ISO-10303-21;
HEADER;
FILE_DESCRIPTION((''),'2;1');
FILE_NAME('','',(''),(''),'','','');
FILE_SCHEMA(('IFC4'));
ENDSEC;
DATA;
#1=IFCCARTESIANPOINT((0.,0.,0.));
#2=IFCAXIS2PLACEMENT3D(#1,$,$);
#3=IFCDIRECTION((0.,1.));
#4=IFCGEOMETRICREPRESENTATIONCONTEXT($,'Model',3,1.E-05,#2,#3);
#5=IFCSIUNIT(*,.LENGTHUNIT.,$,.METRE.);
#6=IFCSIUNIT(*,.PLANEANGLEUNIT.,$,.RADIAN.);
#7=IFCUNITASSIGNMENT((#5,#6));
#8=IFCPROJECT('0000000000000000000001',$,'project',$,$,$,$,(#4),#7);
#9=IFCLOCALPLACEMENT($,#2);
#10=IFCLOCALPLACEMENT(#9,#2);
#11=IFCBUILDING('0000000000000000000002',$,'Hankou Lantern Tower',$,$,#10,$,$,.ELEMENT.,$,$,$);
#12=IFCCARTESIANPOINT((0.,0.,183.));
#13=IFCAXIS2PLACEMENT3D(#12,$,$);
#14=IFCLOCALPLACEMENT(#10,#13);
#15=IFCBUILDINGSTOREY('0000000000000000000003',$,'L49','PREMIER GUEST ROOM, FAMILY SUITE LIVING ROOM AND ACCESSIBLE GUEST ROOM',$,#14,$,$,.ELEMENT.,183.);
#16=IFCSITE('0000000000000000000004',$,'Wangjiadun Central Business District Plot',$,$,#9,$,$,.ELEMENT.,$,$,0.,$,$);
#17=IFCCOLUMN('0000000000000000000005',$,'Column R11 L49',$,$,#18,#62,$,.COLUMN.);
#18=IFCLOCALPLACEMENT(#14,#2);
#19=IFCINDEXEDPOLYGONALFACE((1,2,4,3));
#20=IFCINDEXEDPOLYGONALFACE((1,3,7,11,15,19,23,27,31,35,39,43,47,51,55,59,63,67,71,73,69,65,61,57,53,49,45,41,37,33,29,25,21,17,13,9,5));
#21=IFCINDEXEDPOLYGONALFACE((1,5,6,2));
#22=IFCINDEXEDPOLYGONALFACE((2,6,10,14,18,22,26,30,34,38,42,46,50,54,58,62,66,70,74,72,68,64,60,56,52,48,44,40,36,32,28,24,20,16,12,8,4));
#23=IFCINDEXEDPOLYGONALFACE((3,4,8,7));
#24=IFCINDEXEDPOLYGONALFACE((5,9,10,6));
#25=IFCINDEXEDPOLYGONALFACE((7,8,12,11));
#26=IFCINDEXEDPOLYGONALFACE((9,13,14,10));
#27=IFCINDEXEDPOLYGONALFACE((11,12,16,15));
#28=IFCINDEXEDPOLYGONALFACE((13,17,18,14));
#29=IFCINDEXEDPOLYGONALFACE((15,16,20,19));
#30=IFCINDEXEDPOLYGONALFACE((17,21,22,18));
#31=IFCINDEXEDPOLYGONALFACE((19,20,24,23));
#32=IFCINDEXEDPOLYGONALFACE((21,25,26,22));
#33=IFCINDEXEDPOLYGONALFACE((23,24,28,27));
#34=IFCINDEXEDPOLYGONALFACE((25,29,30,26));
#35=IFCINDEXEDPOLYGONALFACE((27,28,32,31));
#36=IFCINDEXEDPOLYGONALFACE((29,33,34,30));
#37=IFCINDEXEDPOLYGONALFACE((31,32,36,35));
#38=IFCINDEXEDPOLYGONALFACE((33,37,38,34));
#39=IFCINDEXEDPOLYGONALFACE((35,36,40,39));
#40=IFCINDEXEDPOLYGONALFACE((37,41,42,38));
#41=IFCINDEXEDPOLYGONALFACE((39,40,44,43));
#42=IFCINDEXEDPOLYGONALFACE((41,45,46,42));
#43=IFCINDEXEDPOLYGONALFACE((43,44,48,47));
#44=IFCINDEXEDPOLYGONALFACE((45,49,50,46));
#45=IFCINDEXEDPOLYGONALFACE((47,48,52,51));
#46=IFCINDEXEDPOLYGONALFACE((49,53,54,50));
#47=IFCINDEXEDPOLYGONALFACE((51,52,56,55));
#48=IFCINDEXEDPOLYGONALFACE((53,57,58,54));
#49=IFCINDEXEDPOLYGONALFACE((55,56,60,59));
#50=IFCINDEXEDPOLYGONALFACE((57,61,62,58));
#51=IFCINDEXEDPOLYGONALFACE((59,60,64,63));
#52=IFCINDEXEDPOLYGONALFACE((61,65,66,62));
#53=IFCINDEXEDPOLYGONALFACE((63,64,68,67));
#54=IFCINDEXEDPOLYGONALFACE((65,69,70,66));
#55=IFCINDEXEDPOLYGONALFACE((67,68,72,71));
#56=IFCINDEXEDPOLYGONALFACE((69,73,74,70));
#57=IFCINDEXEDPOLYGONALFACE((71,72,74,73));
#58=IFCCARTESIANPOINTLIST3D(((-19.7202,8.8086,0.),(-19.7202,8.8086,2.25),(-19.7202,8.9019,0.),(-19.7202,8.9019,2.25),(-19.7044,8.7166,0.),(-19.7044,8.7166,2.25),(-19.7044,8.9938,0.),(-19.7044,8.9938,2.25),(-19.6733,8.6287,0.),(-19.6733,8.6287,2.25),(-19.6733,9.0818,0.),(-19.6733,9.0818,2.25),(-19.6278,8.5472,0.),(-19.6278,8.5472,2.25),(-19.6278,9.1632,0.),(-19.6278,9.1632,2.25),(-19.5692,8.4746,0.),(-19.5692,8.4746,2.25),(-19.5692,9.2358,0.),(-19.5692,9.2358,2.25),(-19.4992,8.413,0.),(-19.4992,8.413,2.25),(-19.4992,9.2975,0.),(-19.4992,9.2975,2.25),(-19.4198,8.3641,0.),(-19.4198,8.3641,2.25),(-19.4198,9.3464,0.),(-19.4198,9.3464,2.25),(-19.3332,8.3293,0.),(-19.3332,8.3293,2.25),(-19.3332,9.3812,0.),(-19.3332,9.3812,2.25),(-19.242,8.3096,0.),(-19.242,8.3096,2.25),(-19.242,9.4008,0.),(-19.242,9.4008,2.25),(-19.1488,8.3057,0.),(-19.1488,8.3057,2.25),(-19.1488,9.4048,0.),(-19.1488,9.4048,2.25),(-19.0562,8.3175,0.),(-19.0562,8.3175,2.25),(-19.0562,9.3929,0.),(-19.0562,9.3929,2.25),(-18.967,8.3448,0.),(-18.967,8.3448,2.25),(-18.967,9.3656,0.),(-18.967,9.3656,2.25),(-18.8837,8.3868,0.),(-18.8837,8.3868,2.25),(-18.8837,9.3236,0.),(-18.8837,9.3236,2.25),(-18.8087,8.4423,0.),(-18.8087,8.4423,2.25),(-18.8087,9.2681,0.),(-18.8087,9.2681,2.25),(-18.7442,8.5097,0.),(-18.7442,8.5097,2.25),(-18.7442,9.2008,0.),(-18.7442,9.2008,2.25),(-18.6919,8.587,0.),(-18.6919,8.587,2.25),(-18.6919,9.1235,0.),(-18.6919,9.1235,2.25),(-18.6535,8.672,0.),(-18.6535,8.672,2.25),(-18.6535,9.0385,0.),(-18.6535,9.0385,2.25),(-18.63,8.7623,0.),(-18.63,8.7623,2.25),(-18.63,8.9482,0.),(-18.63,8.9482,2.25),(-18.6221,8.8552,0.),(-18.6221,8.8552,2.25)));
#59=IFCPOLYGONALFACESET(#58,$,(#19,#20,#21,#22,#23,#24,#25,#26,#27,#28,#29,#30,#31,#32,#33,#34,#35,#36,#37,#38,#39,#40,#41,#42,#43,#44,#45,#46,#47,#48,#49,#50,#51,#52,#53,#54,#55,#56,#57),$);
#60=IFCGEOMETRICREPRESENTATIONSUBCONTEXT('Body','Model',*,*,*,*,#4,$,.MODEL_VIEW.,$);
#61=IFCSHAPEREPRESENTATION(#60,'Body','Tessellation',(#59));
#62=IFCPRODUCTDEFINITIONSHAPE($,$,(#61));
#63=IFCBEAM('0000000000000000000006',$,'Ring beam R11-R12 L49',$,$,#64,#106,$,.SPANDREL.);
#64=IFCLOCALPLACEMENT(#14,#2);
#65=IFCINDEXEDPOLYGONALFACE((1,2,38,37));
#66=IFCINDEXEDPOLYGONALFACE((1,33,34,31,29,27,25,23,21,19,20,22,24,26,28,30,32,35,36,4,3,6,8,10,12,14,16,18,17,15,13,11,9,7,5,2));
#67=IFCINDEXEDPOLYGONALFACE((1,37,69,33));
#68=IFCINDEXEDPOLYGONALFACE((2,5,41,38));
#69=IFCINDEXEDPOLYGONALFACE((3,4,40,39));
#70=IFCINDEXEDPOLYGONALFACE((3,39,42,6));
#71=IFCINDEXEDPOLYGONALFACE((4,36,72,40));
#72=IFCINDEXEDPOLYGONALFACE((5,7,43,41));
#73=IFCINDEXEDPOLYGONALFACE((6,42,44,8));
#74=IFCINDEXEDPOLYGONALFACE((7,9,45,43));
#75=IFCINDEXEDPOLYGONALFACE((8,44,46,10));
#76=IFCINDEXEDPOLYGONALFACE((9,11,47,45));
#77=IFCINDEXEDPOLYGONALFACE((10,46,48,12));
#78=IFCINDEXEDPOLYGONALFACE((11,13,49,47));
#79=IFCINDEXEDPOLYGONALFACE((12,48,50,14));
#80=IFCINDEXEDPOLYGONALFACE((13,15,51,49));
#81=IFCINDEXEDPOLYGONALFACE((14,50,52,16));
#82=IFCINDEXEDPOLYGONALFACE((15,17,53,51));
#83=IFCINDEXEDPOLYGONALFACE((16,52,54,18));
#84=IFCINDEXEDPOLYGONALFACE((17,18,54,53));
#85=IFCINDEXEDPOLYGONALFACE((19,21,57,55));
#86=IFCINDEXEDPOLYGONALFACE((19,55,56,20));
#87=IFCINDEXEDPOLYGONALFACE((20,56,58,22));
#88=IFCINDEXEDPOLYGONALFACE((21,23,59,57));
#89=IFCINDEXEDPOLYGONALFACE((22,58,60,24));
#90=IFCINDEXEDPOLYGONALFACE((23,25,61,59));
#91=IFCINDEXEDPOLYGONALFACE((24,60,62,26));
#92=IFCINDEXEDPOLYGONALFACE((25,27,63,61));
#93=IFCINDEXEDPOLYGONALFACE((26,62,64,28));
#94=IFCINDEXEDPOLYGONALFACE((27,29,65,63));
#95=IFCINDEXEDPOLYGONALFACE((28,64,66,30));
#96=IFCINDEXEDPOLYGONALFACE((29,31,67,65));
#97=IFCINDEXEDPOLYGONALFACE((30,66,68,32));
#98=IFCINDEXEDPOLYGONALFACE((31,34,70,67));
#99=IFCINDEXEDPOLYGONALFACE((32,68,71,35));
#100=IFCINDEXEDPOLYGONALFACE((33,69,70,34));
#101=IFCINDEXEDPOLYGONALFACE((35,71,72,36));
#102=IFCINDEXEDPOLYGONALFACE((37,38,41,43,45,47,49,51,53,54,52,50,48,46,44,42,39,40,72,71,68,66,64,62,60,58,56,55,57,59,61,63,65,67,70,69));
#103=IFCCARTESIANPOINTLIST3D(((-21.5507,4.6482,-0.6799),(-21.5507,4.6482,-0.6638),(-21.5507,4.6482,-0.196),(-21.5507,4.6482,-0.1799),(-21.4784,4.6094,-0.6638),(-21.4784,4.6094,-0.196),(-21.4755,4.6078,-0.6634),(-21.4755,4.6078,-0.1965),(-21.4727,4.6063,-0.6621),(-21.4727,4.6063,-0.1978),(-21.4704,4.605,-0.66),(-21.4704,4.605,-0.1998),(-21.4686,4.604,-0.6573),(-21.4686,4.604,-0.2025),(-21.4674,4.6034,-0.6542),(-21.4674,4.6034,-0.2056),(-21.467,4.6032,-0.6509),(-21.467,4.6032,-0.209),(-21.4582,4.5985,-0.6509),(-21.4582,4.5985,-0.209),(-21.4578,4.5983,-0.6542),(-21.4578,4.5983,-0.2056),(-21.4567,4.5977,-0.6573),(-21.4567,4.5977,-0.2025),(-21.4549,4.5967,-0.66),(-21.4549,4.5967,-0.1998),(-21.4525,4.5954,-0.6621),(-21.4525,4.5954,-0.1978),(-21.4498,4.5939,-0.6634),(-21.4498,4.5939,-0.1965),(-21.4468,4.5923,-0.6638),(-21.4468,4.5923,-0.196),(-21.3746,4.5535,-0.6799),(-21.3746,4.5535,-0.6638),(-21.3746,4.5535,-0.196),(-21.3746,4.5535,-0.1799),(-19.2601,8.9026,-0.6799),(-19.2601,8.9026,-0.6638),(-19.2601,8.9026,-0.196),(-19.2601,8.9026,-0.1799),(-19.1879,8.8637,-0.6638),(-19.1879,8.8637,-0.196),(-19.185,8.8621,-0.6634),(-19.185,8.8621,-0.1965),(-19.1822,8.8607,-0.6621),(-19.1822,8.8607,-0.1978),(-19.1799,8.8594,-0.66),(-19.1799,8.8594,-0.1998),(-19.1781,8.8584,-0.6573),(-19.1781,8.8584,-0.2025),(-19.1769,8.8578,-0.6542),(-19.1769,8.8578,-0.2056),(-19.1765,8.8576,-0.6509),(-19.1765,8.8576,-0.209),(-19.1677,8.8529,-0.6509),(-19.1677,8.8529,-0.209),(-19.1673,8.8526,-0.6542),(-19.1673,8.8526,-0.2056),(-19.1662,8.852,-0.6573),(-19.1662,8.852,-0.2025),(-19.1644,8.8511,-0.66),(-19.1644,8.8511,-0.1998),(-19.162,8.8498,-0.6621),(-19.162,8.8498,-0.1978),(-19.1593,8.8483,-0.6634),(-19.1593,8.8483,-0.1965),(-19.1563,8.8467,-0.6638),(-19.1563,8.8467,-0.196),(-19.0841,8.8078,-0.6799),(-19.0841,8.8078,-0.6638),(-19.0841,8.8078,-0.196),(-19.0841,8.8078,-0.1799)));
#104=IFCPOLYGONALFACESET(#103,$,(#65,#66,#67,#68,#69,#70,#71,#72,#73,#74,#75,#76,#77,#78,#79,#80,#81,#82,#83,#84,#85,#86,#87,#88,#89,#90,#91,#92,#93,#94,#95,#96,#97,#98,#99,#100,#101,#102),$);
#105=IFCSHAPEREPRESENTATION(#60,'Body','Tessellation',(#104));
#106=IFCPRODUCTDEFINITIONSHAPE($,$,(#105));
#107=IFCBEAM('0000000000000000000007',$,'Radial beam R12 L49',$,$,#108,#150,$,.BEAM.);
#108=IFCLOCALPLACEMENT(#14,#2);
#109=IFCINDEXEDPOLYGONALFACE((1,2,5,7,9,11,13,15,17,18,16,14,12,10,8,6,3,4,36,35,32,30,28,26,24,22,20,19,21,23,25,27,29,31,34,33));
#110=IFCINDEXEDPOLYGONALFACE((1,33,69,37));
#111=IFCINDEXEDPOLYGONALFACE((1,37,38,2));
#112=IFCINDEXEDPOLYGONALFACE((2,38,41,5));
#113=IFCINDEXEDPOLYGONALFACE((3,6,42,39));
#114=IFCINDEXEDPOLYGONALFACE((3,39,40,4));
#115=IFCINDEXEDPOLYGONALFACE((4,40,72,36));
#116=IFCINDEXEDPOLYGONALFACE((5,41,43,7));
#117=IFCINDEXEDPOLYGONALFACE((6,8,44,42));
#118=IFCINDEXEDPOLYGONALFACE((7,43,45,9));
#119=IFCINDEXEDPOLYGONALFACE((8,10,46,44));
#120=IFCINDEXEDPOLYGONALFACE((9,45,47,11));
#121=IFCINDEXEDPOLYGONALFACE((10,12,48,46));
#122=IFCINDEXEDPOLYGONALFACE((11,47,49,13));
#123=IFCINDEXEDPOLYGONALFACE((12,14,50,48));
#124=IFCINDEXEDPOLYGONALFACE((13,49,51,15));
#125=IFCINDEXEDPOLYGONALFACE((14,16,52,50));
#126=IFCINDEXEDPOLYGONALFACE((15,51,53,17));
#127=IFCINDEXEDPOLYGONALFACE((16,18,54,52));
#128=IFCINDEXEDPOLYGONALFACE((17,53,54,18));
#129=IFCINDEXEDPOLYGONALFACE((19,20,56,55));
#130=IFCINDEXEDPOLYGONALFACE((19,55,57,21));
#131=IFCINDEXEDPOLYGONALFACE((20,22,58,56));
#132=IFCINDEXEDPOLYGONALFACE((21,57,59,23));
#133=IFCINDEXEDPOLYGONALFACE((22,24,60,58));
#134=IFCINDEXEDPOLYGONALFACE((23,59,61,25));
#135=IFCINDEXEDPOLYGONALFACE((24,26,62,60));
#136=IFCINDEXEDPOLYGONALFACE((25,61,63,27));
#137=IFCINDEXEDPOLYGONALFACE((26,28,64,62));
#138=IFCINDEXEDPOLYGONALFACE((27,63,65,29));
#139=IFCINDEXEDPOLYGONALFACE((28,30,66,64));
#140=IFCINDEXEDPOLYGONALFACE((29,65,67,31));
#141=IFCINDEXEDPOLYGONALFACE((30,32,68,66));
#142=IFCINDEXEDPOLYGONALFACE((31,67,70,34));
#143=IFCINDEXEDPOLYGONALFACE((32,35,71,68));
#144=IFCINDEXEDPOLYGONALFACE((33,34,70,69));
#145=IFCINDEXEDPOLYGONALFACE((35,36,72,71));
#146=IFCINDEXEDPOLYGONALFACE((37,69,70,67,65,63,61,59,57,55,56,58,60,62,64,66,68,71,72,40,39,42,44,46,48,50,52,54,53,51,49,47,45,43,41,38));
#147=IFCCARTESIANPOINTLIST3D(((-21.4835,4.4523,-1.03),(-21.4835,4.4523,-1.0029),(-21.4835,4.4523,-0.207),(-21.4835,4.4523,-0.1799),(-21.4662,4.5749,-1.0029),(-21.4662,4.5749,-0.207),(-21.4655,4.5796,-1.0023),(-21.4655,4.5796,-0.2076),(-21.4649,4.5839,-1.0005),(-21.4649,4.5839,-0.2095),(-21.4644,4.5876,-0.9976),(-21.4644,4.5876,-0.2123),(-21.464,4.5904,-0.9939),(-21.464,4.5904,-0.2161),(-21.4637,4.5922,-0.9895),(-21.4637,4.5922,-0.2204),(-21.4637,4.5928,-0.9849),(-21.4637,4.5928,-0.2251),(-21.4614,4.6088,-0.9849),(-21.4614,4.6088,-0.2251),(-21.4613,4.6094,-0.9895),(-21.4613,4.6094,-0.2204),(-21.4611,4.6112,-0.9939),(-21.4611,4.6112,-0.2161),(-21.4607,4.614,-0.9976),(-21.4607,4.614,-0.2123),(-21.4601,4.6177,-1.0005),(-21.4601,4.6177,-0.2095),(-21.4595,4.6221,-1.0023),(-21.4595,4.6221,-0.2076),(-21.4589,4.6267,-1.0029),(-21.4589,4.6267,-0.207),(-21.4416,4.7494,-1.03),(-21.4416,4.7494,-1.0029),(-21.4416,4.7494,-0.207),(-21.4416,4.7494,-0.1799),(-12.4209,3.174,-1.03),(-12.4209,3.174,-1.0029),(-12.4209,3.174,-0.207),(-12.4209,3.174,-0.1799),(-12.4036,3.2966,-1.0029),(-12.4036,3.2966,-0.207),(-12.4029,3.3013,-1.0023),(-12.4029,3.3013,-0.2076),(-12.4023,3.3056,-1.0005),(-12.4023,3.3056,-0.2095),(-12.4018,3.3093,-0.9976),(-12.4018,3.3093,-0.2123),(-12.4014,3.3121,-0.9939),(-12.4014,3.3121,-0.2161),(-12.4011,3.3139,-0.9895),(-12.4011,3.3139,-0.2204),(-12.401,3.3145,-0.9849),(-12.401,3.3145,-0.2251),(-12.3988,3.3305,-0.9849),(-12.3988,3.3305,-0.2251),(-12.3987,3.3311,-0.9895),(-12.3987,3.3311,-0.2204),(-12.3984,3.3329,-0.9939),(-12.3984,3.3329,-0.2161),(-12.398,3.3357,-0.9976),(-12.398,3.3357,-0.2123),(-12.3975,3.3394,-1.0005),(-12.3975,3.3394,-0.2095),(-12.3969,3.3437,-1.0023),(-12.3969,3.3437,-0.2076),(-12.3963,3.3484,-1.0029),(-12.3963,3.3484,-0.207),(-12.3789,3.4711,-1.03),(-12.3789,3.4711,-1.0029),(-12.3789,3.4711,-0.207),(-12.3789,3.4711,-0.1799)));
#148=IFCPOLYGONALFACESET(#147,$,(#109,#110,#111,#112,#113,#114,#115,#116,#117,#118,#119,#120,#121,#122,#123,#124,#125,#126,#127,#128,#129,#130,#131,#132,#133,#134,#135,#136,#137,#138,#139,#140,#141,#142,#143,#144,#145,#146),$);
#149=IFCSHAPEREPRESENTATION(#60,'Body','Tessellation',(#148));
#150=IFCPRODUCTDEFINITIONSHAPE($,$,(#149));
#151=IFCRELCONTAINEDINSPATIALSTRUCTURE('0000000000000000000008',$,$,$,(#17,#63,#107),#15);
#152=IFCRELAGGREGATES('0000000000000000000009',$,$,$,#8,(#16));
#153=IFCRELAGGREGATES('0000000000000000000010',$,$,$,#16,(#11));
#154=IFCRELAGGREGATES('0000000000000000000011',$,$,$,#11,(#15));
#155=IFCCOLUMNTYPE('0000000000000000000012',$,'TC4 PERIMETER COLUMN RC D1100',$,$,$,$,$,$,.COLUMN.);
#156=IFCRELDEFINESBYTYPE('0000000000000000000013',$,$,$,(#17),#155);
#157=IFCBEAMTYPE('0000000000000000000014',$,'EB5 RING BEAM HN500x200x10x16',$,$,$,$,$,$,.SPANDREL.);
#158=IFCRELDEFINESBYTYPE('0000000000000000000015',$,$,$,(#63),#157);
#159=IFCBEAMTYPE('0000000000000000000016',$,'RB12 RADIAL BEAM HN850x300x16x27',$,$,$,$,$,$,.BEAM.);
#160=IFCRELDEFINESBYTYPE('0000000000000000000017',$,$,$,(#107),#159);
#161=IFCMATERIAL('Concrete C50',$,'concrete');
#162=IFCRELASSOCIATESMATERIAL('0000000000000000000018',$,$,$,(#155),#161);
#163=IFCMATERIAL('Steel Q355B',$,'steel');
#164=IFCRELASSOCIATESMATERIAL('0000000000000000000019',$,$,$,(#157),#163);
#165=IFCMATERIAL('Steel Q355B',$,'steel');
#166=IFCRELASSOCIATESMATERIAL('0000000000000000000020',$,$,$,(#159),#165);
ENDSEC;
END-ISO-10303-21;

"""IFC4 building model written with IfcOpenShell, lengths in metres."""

from ifc_helpers import new_model, si_unit, direction, frame, origin, origin_2d, place, context, subcontext, project, spatial, circle, i_section, extrude, clip, halfspace, material, material_profile, profile_set, type_object, element, save


model = new_model("IFC4")

# Units and contexts
model_context = context("Model", 3, precision=1e-05, world=origin(), true_north=direction((0.0, 1.0)))
body_context = subcontext(model_context, "Body", "Model", "MODEL_VIEW")
ifc_project = project(units=[si_unit("LENGTHUNIT", "METRE"), si_unit("PLANEANGLEUNIT", "RADIAN")], contexts=[model_context])

# Site, building, storey
site_placement = place(None, origin())
site = spatial("IfcSite", under=ifc_project, at=site_placement, Name="Wangjiadun Central Business District Plot", CompositionType="ELEMENT", RefElevation=0.0)
building_placement = place(site_placement, origin())
building = spatial("IfcBuilding", under=site, at=building_placement, Name="Hankou Lantern Tower", CompositionType="ELEMENT")
storey_placement = place(building_placement, frame((0.0, 0.0, 183.0)))
storey = spatial("IfcBuildingStorey", under=building, at=storey_placement, Name="L49", Description="PREMIER GUEST ROOM, FAMILY SUITE LIVING ROOM AND ACCESSIBLE GUEST ROOM", CompositionType="ELEMENT", Elevation=183.0)

# Column
ifc_material_1 = material(Name="Concrete C50", Category="concrete")
ifc_material_profile_1 = material_profile(ifc_material_1, circle(Radius=0.55, at=origin_2d()), Name="RC D1100")
ifc_profile_set_1 = profile_set([ifc_material_profile_1], Name="Concrete C50")
column_type = type_object("IfcColumnType", Name="TC4 PERIMETER COLUMN RC D1100", PredefinedType="COLUMN", material=ifc_profile_set_1)
column_placement = place(storey_placement, frame((-19.1721, 8.8552, 0.0), z_axis=(0.0, 0.0, 1.0), x_axis=(1.0, 0.0, 0.0)))
element("IfcColumn", 1, at=column_placement, inside=storey, type_object=column_type, Name="Column R11 L49", PredefinedType="COLUMN", context=body_context, shape_type="Clipping", body=[
    clip(extrude(circle(Radius=0.55, at=origin_2d()), origin(), (0.0, 0.0, 1.0), 3.3), halfspace(frame((0.0, 0.0, 2.25), z_axis=(0.0, 0.0, 1.0), x_axis=(1.0, 0.0, 0.0)), False)),
])

# Beams
ifc_material_2 = material(Name="Steel Q355B", Category="steel")
ifc_material_profile_2 = material_profile(ifc_material_2, i_section(OverallWidth=0.2, OverallDepth=0.5, WebThickness=0.01, FlangeThickness=0.0161, FilletRadius=0.0129, at=origin_2d()), Name="HN500x200x10x16")
ifc_profile_set_2 = profile_set([ifc_material_profile_2], Name="Steel Q355B")
beam_type_1 = type_object("IfcBeamType", Name="EB5 RING BEAM HN500x200x10x16", PredefinedType="SPANDREL", material=ifc_profile_set_2)
beam_1_placement = place(storey_placement, frame((-19.1721, 8.8552, -0.4299), z_axis=(-0.474052, -0.880497, 0.0), x_axis=(0.880497, -0.474052, 0.0)))
element("IfcBeam", 2, at=beam_1_placement, inside=storey, type_object=beam_type_1, Name="Ring beam R11-R12 L49", PredefinedType="SPANDREL", context=body_context, shape_type="SweptSolid", body=[
    extrude(i_section(OverallWidth=0.2, OverallDepth=0.5, WebThickness=0.01, FlangeThickness=0.0161, FilletRadius=0.0129, at=origin_2d()), origin(), (0.0, 0.0, 1.0), 4.8318),
])
ifc_material_3 = material(Name="Steel Q355B", Category="steel")
ifc_material_profile_3 = material_profile(ifc_material_3, i_section(OverallWidth=0.3, OverallDepth=0.8501, WebThickness=0.0161, FlangeThickness=0.0271, FilletRadius=0.0181, at=origin_2d()), Name="HN850x300x16x27")
ifc_profile_set_3 = profile_set([ifc_material_profile_3], Name="Steel Q355B")
beam_type_2 = type_object("IfcBeamType", Name="RB12 RADIAL BEAM HN850x300x16x27", PredefinedType="BEAM", material=ifc_profile_set_3)
beam_2_placement = place(storey_placement, frame((-12.3999, 3.3225, -0.605), z_axis=(-0.990198, 0.13967, 0.0), x_axis=(-0.13967, -0.990198, 0.0)))
element("IfcBeam", 3, at=beam_2_placement, inside=storey, type_object=beam_type_2, Name="Radial beam R12 L49", PredefinedType="BEAM", context=body_context, shape_type="SweptSolid", body=[
    extrude(i_section(OverallWidth=0.3, OverallDepth=0.8501, WebThickness=0.0161, FlangeThickness=0.0271, FilletRadius=0.0181, at=origin_2d()), origin(), (0.0, 0.0, 1.0), 9.1523),
])

save(model, "model.ifc")
